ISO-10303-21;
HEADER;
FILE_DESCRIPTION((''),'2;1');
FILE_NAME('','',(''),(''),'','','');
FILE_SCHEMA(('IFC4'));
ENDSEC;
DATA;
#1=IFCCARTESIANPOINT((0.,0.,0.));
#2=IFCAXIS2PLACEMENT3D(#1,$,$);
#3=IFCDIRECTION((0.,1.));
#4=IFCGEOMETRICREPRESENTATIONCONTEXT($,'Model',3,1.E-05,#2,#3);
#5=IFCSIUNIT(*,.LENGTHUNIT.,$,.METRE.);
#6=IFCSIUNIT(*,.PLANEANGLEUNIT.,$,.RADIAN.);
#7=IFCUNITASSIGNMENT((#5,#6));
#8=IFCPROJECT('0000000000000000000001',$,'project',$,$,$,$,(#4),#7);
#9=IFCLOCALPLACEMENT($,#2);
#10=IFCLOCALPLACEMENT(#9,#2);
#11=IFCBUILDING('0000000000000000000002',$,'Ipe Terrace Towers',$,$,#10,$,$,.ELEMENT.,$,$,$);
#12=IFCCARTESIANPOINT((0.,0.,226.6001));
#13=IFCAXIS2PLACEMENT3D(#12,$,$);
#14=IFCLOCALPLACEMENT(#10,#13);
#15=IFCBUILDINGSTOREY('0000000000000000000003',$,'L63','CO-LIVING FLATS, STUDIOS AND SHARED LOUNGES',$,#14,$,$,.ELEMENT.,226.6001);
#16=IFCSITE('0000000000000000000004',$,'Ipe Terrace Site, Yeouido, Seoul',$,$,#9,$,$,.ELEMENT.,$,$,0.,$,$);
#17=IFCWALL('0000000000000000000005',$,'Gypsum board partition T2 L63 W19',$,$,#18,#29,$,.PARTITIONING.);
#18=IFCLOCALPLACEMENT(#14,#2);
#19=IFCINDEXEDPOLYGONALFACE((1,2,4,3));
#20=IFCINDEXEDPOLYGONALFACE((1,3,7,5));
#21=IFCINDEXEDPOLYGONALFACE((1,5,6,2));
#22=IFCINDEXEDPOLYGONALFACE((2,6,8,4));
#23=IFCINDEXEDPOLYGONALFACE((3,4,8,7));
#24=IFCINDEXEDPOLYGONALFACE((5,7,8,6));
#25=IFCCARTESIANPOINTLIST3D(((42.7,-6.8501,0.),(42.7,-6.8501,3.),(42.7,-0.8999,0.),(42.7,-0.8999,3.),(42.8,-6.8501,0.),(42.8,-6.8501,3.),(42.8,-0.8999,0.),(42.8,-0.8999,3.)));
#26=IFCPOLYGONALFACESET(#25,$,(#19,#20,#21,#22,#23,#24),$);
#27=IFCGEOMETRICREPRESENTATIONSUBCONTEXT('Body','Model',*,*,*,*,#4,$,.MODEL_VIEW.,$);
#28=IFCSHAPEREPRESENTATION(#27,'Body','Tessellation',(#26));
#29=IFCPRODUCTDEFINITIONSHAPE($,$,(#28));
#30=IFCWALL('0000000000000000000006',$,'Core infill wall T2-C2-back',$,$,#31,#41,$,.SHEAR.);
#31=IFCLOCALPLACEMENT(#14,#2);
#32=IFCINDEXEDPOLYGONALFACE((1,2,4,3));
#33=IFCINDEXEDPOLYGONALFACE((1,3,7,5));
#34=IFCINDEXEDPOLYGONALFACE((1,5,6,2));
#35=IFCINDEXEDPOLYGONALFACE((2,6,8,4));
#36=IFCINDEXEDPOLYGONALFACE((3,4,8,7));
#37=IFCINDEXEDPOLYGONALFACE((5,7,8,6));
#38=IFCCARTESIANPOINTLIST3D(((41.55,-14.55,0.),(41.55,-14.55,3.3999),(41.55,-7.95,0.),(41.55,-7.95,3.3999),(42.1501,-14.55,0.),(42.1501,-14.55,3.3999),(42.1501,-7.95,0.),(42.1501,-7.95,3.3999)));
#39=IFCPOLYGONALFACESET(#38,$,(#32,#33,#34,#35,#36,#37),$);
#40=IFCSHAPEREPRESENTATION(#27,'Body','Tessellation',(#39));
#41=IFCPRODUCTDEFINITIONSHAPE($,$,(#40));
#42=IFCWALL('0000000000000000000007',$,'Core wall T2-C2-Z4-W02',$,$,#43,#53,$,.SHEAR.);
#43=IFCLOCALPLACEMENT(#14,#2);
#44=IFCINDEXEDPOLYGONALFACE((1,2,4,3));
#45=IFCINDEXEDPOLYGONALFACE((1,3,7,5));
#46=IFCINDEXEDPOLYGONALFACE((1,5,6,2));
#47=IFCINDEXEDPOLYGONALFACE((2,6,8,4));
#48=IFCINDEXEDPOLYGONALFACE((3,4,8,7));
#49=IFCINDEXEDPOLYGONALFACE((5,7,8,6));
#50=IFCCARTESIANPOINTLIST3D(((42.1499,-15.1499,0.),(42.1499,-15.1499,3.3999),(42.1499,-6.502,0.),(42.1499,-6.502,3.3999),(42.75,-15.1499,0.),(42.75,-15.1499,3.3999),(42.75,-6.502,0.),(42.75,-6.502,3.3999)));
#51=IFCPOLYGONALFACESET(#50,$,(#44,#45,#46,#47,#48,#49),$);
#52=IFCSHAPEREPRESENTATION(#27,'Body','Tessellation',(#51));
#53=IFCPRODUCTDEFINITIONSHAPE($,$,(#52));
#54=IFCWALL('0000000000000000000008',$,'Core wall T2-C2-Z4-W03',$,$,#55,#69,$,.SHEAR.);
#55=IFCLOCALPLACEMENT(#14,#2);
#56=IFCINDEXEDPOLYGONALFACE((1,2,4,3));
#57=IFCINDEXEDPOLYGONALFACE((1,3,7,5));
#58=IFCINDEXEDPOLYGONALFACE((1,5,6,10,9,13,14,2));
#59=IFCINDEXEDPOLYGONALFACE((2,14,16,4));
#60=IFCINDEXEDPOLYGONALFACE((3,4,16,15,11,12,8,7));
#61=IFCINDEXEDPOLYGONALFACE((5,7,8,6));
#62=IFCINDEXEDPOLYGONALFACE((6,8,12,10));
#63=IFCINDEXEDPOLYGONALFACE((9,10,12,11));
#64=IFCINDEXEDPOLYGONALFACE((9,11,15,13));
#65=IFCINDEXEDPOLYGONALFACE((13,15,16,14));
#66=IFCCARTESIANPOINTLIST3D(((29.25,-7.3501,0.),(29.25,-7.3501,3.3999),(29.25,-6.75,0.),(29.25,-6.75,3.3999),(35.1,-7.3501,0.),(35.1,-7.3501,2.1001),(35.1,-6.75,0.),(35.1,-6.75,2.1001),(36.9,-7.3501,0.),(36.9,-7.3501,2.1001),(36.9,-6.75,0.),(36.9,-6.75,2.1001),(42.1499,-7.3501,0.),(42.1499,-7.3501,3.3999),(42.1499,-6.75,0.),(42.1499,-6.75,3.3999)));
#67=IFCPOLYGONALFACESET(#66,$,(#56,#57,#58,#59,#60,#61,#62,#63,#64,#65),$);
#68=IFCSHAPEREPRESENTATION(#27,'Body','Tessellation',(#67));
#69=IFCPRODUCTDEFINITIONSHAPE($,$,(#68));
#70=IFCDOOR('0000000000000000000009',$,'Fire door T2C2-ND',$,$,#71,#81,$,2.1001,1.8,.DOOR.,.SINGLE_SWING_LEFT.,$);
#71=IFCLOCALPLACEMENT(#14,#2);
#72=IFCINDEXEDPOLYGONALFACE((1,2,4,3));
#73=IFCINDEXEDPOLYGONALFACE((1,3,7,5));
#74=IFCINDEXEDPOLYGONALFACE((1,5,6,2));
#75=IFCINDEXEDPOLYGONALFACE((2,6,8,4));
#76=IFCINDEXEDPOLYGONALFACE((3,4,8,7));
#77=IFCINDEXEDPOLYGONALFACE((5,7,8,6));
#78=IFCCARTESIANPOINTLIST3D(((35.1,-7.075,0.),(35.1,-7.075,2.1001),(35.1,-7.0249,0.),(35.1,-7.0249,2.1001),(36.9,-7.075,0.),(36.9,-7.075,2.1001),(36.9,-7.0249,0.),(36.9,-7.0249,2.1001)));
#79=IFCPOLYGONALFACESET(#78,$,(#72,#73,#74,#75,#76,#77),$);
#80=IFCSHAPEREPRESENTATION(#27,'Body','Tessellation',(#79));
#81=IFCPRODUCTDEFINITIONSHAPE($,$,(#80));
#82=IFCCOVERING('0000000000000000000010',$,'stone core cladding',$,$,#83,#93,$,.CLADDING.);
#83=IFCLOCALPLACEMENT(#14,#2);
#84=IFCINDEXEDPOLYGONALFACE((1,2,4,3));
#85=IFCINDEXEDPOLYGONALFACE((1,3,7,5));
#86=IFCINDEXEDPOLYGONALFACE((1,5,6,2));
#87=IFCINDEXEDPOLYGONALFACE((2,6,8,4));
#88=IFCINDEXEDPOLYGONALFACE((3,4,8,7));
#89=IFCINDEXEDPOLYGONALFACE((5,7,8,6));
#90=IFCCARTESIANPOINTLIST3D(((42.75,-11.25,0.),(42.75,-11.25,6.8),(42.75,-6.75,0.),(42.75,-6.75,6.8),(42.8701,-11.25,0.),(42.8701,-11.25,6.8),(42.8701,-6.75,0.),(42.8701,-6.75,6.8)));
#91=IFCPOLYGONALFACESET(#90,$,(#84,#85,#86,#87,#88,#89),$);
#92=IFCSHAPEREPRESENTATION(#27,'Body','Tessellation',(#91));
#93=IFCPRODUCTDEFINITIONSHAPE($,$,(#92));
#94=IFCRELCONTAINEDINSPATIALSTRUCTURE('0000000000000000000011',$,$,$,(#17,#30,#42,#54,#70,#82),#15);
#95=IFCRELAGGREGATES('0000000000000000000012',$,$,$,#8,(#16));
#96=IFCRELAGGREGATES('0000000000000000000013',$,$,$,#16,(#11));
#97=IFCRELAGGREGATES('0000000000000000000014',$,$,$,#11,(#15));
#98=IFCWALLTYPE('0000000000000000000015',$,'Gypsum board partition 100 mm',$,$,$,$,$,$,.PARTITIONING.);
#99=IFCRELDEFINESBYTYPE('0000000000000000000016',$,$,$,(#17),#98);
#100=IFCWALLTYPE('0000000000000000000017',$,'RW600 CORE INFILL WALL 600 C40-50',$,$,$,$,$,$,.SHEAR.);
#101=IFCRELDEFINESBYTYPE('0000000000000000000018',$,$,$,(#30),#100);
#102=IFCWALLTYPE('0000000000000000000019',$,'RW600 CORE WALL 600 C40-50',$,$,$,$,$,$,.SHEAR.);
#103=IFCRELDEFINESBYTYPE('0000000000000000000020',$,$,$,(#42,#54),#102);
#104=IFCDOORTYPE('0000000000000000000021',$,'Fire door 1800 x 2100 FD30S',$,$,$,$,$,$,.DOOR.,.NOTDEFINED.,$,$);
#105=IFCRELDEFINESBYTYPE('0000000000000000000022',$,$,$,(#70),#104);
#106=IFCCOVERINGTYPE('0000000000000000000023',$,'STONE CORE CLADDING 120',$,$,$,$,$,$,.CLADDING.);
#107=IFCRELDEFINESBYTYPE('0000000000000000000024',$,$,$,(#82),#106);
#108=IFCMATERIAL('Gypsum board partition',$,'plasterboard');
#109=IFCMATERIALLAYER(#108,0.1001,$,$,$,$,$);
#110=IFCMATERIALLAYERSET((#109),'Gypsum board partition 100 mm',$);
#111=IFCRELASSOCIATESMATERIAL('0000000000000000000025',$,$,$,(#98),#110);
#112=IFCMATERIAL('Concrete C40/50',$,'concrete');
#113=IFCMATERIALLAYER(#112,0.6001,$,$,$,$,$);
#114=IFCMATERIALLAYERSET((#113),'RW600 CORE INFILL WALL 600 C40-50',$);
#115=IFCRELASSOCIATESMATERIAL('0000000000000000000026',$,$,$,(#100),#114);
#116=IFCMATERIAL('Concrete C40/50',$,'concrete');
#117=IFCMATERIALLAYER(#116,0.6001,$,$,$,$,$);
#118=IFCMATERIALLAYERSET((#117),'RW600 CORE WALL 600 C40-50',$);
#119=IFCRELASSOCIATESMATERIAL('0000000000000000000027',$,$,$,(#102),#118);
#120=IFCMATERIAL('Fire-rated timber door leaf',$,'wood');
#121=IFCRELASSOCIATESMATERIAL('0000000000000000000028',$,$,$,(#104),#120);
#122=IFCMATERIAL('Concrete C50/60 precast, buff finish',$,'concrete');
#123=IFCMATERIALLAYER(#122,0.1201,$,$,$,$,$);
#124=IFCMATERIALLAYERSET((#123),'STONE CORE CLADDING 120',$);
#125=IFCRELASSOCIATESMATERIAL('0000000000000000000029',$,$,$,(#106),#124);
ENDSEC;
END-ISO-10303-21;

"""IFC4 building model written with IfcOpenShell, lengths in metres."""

from ifc_helpers import new_model, si_unit, direction, frame, frame_2d, origin, origin_2d, place, context, subcontext, project, spatial, rectangle, extrude, material, layer, layer_set, type_object, element, fill, save


model = new_model("IFC4")

# Units and contexts
model_context = context("Model", 3, precision=1e-05, world=origin(), true_north=direction((0.0, 1.0)))
body_context = subcontext(model_context, "Body", "Model", "MODEL_VIEW")
ifc_project = project(units=[si_unit("LENGTHUNIT", "METRE"), si_unit("PLANEANGLEUNIT", "RADIAN")], contexts=[model_context])

# Site, building, storey
site_placement = place(None, origin())
site = spatial("IfcSite", under=ifc_project, at=site_placement, Name="Ipe Terrace Site, Yeouido, Seoul", CompositionType="ELEMENT", RefElevation=0.0)
building_placement = place(site_placement, origin())
building = spatial("IfcBuilding", under=site, at=building_placement, Name="Ipe Terrace Towers", CompositionType="ELEMENT")
storey_placement = place(building_placement, frame((0.0, 0.0, 226.6001)))
storey = spatial("IfcBuildingStorey", under=building, at=storey_placement, Name="L63", Description="CO-LIVING FLATS, STUDIOS AND SHARED LOUNGES", CompositionType="ELEMENT", Elevation=226.6001)

# Shared definitions
ifc_material_1 = material(Name="Gypsum board partition", Category="plasterboard")
ifc_layer_1 = layer(ifc_material_1, 0.1001)
ifc_layer_set_1 = layer_set([ifc_layer_1], Name="Gypsum board partition 100 mm")
wall_type_1 = type_object("IfcWallType", Name="Gypsum board partition 100 mm", PredefinedType="PARTITIONING", material=ifc_layer_set_1)

# Walls
wall_1_placement = place(storey_placement, frame((42.75, -6.8501, 0.0), z_axis=(0.0, 0.0, 1.0), x_axis=(0.0, 1.0, 0.0)))
element("IfcWall", 1, at=wall_1_placement, inside=storey, type_object=wall_type_1, Name="Gypsum board partition T2 L63 W19", PredefinedType="PARTITIONING", context=body_context, shape_type="SweptSolid", body=[
    extrude(rectangle(XDim=5.9502, YDim=0.1001, at=frame_2d((2.9751, 0.0))), origin(), (0.0, 0.0, 1.0), 3.0),
])
ifc_material_2 = material(Name="Concrete C40/50", Category="concrete")
ifc_layer_2 = layer(ifc_material_2, 0.6001)
ifc_layer_set_2 = layer_set([ifc_layer_2], Name="RW600 CORE INFILL WALL 600 C40-50")
wall_type_2 = type_object("IfcWallType", Name="RW600 CORE INFILL WALL 600 C40-50", PredefinedType="SHEAR", material=ifc_layer_set_2)
wall_2_placement = place(storey_placement, frame((41.8501, -7.95, 0.0), z_axis=(0.0, 0.0, 1.0), x_axis=(0.0, -1.0, 0.0)))
element("IfcWall", 2, at=wall_2_placement, inside=storey, type_object=wall_type_2, Name="Core infill wall T2-C2-back", PredefinedType="SHEAR", context=body_context, shape_type="SweptSolid", body=[
    extrude(rectangle(XDim=6.6001, YDim=0.6001, at=frame_2d((3.3, 0.0))), origin(), (0.0, 0.0, 1.0), 3.3999),
])
ifc_material_3 = material(Name="Concrete C40/50", Category="concrete")
ifc_layer_3 = layer(ifc_material_3, 0.6001)
ifc_layer_set_3 = layer_set([ifc_layer_3], Name="RW600 CORE WALL 600 C40-50")
wall_type_3 = type_object("IfcWallType", Name="RW600 CORE WALL 600 C40-50", PredefinedType="SHEAR", material=ifc_layer_set_3)
wall_3_placement = place(storey_placement, frame((42.45, -15.1499, 0.0), z_axis=(0.0, 0.0, 1.0), x_axis=(0.0, 1.0, 0.0)))
element("IfcWall", 3, at=wall_3_placement, inside=storey, type_object=wall_type_3, Name="Core wall T2-C2-Z4-W02", PredefinedType="SHEAR", context=body_context, shape_type="SweptSolid", body=[
    extrude(rectangle(XDim=8.6479, YDim=0.6001, at=frame_2d((4.324, 0.0))), origin(), (0.0, 0.0, 1.0), 3.3999),
])

# Wall, opening, door
wall_4_placement = place(storey_placement, frame((42.1499, -7.05, 0.0), z_axis=(0.0, 0.0, 1.0), x_axis=(-1.0, 0.0, 0.0)))
wall_4 = element("IfcWall", 4, at=wall_4_placement, inside=storey, type_object=wall_type_3, Name="Core wall T2-C2-Z4-W03", PredefinedType="SHEAR", context=body_context, shape_type="SweptSolid", body=[
    extrude(rectangle(XDim=12.8999, YDim=0.6001, at=frame_2d((6.45, 0.0))), origin(), (0.0, 0.0, 1.0), 3.3999),
])
opening_1_placement = place(wall_4_placement, frame((5.25, 0.0, 0.0)))
opening_1 = element("IfcOpeningElement", 5, at=opening_1_placement, cuts=wall_4, PredefinedType="OPENING", context=body_context, shape_type="SweptSolid", body=[
    extrude(rectangle(XDim=1.8, YDim=2.1001, at=frame_2d((0.8999, 1.05))), frame((0.0, 0.3101, 0.0), z_axis=(0.0, -1.0, 0.0), x_axis=(1.0, 0.0, 0.0)), (0.0, 0.0, 1.0), 0.6201),
])
ifc_material_4 = material(Name="Fire-rated timber door leaf", Category="wood")
door_type_1 = type_object("IfcDoorType", Name="Fire door 1800 x 2100 FD30S", OperationType="NOTDEFINED", PredefinedType="DOOR", material=ifc_material_4)
door_1_placement = place(opening_1_placement, origin())
door_1 = element("IfcDoor", 6, at=door_1_placement, inside=storey, type_object=door_type_1, Name="Fire door T2C2-ND", OperationType="SINGLE_SWING_LEFT", OverallHeight=2.1001, OverallWidth=1.8, PredefinedType="DOOR", context=body_context, shape_type="SweptSolid", body=[
    extrude(rectangle(XDim=1.8, YDim=2.1001, at=frame_2d((0.8999, 1.05))), frame((0.0, 0.0249, 0.0), z_axis=(0.0, -1.0, 0.0), x_axis=(1.0, 0.0, 0.0)), (0.0, 0.0, 1.0), 0.05),
])
fill(opening_1, door_1)

# Covering
ifc_material_5 = material(Name="Concrete C50/60 precast, buff finish", Category="concrete")
ifc_layer_4 = layer(ifc_material_5, 0.1201)
ifc_layer_set_4 = layer_set([ifc_layer_4], Name="STONE CORE CLADDING 120")
covering_type = type_object("IfcCoveringType", Name="STONE CORE CLADDING 120", PredefinedType="CLADDING", material=ifc_layer_set_4)
covering_placement = place(storey_placement, frame((42.8101, -9.0, 0.0), z_axis=(0.0, 0.0, 1.0), x_axis=(0.0, 1.0, 0.0)))
element("IfcCovering", 7, at=covering_placement, inside=storey, type_object=covering_type, Name="stone core cladding", PredefinedType="CLADDING", context=body_context, shape_type="SweptSolid", body=[
    extrude(rectangle(XDim=4.5, YDim=0.1201, at=origin_2d()), origin(), (0.0, 0.0, 1.0), 6.8),
])

save(model, "model.ifc")
